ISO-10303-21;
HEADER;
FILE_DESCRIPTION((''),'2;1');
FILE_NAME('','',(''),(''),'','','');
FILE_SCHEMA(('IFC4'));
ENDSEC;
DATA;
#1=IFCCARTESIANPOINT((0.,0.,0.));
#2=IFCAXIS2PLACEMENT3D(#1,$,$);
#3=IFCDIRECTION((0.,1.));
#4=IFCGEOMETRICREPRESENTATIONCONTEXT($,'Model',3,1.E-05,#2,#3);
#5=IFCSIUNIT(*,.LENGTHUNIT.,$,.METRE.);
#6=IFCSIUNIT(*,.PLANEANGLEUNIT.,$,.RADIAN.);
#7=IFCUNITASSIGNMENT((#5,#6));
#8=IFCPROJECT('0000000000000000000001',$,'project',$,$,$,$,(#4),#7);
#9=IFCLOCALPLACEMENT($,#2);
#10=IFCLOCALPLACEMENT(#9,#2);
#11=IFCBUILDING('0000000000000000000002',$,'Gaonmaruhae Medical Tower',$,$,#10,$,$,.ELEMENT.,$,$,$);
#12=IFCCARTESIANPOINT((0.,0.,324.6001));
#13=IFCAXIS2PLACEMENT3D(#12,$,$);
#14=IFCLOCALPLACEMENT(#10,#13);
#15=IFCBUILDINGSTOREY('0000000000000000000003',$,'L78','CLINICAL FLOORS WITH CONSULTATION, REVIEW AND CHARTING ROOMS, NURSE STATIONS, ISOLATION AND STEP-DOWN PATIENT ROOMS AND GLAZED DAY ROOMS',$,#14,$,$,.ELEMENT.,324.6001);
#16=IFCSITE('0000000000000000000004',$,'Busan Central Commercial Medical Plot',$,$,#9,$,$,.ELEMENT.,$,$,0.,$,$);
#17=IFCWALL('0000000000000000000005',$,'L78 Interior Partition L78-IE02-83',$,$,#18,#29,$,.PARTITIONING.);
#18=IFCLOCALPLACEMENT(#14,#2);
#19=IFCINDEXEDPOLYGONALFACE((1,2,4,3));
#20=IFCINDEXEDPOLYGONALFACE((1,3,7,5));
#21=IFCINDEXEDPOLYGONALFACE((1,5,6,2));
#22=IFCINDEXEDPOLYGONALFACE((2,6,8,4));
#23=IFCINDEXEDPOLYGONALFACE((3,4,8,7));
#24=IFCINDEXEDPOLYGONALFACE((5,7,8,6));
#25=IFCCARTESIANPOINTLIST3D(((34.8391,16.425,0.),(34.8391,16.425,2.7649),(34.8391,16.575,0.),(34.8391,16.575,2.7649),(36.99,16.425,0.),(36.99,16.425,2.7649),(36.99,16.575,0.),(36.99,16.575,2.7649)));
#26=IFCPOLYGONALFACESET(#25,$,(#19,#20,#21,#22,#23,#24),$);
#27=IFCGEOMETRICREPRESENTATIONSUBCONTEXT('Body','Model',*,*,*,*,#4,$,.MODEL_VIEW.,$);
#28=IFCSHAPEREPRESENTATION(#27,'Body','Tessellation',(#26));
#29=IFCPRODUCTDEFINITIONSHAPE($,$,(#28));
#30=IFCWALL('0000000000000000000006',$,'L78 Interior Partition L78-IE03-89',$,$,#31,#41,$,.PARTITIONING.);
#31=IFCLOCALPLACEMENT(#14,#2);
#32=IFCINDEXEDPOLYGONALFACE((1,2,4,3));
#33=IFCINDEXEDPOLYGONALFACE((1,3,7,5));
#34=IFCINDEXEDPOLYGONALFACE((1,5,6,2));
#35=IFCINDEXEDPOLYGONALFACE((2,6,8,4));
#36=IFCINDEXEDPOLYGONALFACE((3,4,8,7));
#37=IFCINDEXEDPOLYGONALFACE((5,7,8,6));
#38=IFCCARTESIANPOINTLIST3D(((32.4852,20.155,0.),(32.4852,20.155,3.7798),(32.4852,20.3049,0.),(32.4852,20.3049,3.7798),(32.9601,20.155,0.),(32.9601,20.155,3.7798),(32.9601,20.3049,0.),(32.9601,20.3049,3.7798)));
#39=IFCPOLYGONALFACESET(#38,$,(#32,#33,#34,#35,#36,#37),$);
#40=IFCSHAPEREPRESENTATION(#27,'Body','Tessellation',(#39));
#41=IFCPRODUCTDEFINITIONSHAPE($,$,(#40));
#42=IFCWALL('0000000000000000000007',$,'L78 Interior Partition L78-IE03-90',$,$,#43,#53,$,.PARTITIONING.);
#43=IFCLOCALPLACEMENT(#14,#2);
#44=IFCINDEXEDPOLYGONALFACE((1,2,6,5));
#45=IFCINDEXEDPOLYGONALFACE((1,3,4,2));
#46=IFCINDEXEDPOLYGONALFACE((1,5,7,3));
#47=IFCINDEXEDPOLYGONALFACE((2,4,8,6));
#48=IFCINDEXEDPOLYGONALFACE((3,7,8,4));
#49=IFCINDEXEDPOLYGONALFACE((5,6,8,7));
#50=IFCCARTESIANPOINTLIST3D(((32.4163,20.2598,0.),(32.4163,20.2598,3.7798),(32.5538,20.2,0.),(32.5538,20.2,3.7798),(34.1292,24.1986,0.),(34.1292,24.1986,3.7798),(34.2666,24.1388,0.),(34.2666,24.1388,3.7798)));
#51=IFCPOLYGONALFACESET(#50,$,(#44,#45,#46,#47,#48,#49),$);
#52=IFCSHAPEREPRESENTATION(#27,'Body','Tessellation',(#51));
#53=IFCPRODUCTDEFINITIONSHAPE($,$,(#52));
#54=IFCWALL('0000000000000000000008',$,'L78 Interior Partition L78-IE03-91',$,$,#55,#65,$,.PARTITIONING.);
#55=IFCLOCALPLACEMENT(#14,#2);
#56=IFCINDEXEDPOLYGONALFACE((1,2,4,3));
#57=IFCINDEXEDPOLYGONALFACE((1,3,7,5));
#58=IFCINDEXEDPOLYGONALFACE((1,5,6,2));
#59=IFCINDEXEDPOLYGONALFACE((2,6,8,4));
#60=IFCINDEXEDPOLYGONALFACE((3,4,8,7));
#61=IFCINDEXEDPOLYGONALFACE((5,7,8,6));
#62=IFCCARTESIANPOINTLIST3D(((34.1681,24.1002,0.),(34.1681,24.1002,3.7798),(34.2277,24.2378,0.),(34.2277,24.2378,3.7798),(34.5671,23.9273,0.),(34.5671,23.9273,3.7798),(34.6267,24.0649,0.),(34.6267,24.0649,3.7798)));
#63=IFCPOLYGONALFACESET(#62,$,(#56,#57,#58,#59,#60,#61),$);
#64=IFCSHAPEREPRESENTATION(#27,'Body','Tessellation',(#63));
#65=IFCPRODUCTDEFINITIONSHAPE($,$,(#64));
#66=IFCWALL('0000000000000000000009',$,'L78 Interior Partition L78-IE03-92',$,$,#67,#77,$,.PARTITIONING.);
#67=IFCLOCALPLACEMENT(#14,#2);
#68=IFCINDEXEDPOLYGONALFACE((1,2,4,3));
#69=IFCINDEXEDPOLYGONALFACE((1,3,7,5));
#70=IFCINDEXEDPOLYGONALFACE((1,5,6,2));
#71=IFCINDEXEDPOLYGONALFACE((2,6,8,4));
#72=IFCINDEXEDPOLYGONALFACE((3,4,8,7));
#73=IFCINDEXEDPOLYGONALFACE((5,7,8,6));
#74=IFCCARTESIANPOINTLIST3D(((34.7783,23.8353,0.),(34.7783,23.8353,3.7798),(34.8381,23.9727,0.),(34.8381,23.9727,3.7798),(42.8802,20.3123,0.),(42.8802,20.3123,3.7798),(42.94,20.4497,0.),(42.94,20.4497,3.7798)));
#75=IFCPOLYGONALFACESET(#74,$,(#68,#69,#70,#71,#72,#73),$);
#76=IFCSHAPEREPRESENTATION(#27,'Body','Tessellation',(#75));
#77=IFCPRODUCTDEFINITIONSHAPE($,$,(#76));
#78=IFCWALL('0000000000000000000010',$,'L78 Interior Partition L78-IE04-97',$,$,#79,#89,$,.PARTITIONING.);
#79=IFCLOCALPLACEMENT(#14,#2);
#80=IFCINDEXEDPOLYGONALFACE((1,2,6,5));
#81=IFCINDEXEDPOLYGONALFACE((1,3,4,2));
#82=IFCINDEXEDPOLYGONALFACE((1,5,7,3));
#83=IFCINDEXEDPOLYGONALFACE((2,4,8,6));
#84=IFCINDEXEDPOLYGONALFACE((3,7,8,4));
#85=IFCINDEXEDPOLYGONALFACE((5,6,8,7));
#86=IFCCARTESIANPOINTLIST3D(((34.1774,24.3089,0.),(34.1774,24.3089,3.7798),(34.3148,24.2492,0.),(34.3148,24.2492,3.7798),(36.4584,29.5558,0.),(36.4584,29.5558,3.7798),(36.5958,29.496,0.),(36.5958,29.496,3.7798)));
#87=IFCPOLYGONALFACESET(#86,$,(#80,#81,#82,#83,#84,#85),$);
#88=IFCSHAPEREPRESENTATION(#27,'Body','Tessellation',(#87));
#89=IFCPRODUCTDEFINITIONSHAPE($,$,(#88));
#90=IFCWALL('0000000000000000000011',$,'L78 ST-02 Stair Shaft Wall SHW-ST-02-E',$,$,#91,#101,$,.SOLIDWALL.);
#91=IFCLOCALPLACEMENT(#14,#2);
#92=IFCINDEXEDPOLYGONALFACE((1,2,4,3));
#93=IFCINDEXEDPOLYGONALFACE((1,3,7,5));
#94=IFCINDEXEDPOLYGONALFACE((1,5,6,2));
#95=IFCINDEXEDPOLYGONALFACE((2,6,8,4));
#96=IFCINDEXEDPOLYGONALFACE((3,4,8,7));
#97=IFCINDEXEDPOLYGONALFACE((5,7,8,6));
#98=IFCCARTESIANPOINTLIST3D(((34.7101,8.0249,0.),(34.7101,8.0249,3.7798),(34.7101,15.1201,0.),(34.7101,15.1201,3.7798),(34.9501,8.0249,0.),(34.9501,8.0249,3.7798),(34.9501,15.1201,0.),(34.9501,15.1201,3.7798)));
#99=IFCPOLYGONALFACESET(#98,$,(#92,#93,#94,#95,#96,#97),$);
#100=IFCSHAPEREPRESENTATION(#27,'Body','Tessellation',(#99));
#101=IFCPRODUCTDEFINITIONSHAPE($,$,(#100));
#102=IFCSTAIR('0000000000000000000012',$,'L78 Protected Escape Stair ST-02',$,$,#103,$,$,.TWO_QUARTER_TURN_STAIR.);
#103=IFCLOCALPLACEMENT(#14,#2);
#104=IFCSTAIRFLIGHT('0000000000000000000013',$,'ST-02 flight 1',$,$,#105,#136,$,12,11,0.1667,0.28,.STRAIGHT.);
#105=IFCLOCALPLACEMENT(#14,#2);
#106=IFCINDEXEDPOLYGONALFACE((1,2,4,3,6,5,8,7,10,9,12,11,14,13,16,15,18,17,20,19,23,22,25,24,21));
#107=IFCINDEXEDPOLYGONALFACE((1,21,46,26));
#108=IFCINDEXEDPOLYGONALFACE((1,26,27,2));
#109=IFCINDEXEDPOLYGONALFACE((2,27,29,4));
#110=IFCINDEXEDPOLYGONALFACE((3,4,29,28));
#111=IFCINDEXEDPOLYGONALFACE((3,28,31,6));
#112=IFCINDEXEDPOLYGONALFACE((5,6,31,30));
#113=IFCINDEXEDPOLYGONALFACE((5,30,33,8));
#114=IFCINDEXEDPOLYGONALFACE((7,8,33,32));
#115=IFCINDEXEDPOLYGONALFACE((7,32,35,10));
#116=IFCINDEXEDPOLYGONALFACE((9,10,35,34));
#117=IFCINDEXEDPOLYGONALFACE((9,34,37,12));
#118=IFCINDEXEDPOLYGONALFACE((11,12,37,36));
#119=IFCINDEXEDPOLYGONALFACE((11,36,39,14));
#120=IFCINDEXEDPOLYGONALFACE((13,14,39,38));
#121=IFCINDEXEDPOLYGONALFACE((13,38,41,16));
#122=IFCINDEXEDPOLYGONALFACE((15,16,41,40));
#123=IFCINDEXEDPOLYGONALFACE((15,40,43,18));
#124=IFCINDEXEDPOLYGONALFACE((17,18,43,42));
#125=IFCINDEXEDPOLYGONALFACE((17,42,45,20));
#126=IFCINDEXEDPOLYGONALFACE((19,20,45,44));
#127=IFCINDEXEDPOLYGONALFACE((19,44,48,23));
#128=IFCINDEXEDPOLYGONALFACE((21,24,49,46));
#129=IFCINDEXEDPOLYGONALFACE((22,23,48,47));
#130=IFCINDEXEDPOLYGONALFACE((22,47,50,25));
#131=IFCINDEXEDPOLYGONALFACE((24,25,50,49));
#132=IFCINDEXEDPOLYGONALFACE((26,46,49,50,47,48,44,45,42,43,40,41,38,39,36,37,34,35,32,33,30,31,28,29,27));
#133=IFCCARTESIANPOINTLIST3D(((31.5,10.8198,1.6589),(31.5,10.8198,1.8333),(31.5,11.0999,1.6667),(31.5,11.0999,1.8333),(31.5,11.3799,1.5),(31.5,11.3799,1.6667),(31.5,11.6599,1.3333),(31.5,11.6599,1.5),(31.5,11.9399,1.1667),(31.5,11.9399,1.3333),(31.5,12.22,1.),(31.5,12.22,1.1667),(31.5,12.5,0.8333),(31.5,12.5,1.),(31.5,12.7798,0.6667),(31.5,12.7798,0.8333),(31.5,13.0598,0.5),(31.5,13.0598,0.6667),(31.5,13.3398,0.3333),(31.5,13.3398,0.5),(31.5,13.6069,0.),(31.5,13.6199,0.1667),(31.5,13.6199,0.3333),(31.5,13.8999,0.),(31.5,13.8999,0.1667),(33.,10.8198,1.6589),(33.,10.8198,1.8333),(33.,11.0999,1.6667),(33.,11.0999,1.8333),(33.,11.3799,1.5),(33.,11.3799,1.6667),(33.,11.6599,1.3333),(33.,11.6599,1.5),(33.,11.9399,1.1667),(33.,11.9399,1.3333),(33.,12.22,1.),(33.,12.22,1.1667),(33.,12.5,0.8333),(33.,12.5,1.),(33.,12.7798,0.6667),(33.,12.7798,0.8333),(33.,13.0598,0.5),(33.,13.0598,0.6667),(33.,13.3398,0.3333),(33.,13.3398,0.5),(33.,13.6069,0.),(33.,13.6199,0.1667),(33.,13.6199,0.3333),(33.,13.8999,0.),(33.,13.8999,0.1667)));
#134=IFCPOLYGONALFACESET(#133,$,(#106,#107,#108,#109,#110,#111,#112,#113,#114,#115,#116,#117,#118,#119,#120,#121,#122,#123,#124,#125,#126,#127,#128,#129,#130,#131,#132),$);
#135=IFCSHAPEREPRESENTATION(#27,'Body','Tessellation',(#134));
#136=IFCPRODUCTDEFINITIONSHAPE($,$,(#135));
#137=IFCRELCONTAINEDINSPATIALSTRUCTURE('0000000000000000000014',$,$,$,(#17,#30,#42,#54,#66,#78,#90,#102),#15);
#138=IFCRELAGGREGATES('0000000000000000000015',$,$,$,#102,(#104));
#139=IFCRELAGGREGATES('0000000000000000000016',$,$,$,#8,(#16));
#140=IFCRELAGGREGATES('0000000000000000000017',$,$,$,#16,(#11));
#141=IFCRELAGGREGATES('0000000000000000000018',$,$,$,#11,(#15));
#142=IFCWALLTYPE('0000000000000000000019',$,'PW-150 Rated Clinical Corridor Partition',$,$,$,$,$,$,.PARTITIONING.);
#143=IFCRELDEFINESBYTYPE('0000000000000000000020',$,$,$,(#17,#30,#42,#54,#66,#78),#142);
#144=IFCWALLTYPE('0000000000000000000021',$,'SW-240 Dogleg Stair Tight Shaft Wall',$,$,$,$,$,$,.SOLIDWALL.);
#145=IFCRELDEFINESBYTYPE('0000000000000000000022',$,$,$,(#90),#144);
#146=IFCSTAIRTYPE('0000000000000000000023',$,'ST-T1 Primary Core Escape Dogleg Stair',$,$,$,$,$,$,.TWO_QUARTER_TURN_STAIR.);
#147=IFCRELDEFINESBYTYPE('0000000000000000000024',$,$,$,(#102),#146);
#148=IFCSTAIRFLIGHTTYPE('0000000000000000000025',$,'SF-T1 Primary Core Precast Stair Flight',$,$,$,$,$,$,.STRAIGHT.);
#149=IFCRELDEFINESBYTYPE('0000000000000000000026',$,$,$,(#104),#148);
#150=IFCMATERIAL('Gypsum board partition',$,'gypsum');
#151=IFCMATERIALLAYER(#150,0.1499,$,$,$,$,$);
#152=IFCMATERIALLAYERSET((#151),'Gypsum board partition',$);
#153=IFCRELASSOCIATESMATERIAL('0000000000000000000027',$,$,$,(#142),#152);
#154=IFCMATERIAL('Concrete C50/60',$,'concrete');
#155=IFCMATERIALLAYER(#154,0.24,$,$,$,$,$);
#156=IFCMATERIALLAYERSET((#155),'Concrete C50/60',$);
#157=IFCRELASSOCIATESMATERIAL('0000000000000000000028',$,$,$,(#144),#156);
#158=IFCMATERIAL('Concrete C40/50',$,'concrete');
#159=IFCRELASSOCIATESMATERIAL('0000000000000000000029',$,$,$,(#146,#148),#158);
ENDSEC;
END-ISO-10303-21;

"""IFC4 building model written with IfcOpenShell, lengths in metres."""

from ifc_helpers import new_model, si_unit, direction, frame, frame_2d, origin, place, context, subcontext, project, spatial, polyline, rectangle, outline, extrude, material, layer, layer_set, type_object, element, aggregate, save


model = new_model("IFC4")

# Units and contexts
model_context = context("Model", 3, precision=1e-05, world=origin(), true_north=direction((0.0, 1.0)))
body_context = subcontext(model_context, "Body", "Model", "MODEL_VIEW")
ifc_project = project(units=[si_unit("LENGTHUNIT", "METRE"), si_unit("PLANEANGLEUNIT", "RADIAN")], contexts=[model_context])

# Site, building, storey
site_placement = place(None, origin())
site = spatial("IfcSite", under=ifc_project, at=site_placement, Name="Busan Central Commercial Medical Plot", CompositionType="ELEMENT", RefElevation=0.0)
building_placement = place(site_placement, origin())
building = spatial("IfcBuilding", under=site, at=building_placement, Name="Gaonmaruhae Medical Tower", CompositionType="ELEMENT")
storey_placement = place(building_placement, frame((0.0, 0.0, 324.6001)))
storey = spatial("IfcBuildingStorey", under=building, at=storey_placement, Name="L78", Description="CLINICAL FLOORS WITH CONSULTATION, REVIEW AND CHARTING ROOMS, NURSE STATIONS, ISOLATION AND STEP-DOWN PATIENT ROOMS AND GLAZED DAY ROOMS", CompositionType="ELEMENT", Elevation=324.6001)

# Shared definitions
ifc_material_1 = material(Name="Concrete C50/60", Category="concrete")

# Walls
ifc_material_2 = material(Name="Gypsum board partition", Category="gypsum")
ifc_layer_1 = layer(ifc_material_2, 0.1499)
ifc_layer_set_1 = layer_set([ifc_layer_1], Name="Gypsum board partition")
wall_type_1 = type_object("IfcWallType", Name="PW-150 Rated Clinical Corridor Partition", PredefinedType="PARTITIONING", material=ifc_layer_set_1)
wall_1_placement = place(storey_placement, frame((34.8391, 16.5, 0.0), z_axis=(0.0, 0.0, 1.0), x_axis=(1.0, 0.0, 0.0)))
element("IfcWall", 1, at=wall_1_placement, inside=storey, type_object=wall_type_1, Name="L78 Interior Partition L78-IE02-83", PredefinedType="PARTITIONING", context=body_context, shape_type="SweptSolid", body=[
    extrude(rectangle(XDim=2.1509, YDim=0.1499, at=frame_2d((1.0754, 0.0))), origin(), (0.0, 0.0, 1.0), 2.7649),
])
wall_2_placement = place(storey_placement, frame((32.96, 20.23, 0.0), z_axis=(0.0, 0.0, 1.0), x_axis=(-1.0, 0.0, 0.0)))
element("IfcWall", 2, at=wall_2_placement, inside=storey, type_object=wall_type_1, Name="L78 Interior Partition L78-IE03-89", PredefinedType="PARTITIONING", context=body_context, shape_type="SweptSolid", body=[
    extrude(rectangle(XDim=0.4749, YDim=0.1499, at=frame_2d((0.2373, 0.0))), origin(), (0.0, 0.0, 1.0), 3.7798),
])
wall_3_placement = place(storey_placement, frame((32.4851, 20.23, 0.0), z_axis=(0.0, 0.0, 1.0), x_axis=(0.398784, 0.917045, 0.0)))
element("IfcWall", 3, at=wall_3_placement, inside=storey, type_object=wall_type_1, Name="L78 Interior Partition L78-IE03-90", PredefinedType="PARTITIONING", context=body_context, shape_type="SweptSolid", body=[
    extrude(rectangle(XDim=4.2952, YDim=0.1499, at=frame_2d((2.1475, 0.0))), origin(), (0.0, 0.0, 1.0), 3.7798),
])
wall_4_placement = place(storey_placement, frame((34.198, 24.1689, 0.0), z_axis=(0.0, 0.0, 1.0), x_axis=(0.917569, -0.397576, 0.0)))
element("IfcWall", 4, at=wall_4_placement, inside=storey, type_object=wall_type_1, Name="L78 Interior Partition L78-IE03-91", PredefinedType="PARTITIONING", context=body_context, shape_type="SweptSolid", body=[
    extrude(rectangle(XDim=0.4348, YDim=0.1499, at=frame_2d((0.2173, 0.0))), origin(), (0.0, 0.0, 1.0), 3.7798),
])
wall_5_placement = place(storey_placement, frame((34.8081, 23.9041, 0.0), z_axis=(0.0, 0.0, 1.0), x_axis=(0.917052, -0.398767, 0.0)))
element("IfcWall", 5, at=wall_5_placement, inside=storey, type_object=wall_type_1, Name="L78 Interior Partition L78-IE03-92", PredefinedType="PARTITIONING", context=body_context, shape_type="SweptSolid", body=[
    extrude(rectangle(XDim=8.8347, YDim=0.1499, at=frame_2d((4.4175, 0.0))), origin(), (0.0, 0.0, 1.0), 3.7798),
])
wall_6_placement = place(storey_placement, frame((34.2461, 24.2791, 0.0), z_axis=(0.0, 0.0, 1.0), x_axis=(0.398693, 0.917084, 0.0)))
element("IfcWall", 6, at=wall_6_placement, inside=storey, type_object=wall_type_1, Name="L78 Interior Partition L78-IE04-97", PredefinedType="PARTITIONING", context=body_context, shape_type="SweptSolid", body=[
    extrude(rectangle(XDim=5.7212, YDim=0.1499, at=frame_2d((2.8606, 0.0))), origin(), (0.0, 0.0, 1.0), 3.7798),
])

# Shared definitions
ifc_layer_2 = layer(ifc_material_1, 0.24)
ifc_layer_set_2 = layer_set([ifc_layer_2], Name="Concrete C50/60")
wall_type_2 = type_object("IfcWallType", Name="SW-240 Dogleg Stair Tight Shaft Wall", PredefinedType="SOLIDWALL", material=ifc_layer_set_2)

# Wall
wall_7_placement = place(storey_placement, frame((34.8301, 15.1201, 0.0), z_axis=(0.0, 0.0, 1.0), x_axis=(0.0, -1.0, 0.0)))
element("IfcWall", 7, at=wall_7_placement, inside=storey, type_object=wall_type_2, Name="L78 ST-02 Stair Shaft Wall SHW-ST-02-E", PredefinedType="SOLIDWALL", context=body_context, shape_type="SweptSolid", body=[
    extrude(rectangle(XDim=7.0952, YDim=0.24, at=frame_2d((3.5476, 0.0))), origin(), (0.0, 0.0, 1.0), 3.7798),
])

# Stair, stair flight
ifc_material_3 = material(Name="Concrete C40/50", Category="concrete")
stair_type = type_object("IfcStairType", Name="ST-T1 Primary Core Escape Dogleg Stair", PredefinedType="TWO_QUARTER_TURN_STAIR", material=ifc_material_3)
stair_placement = place(storey_placement, origin())
stair = element("IfcStair", 8, at=stair_placement, inside=storey, type_object=stair_type, Name="L78 Protected Escape Stair ST-02", PredefinedType="TWO_QUARTER_TURN_STAIR")
stair_flight_type = type_object("IfcStairFlightType", Name="SF-T1 Primary Core Precast Stair Flight", PredefinedType="STRAIGHT", material=ifc_material_3)
stair_flight_placement = place(storey_placement, frame((32.25, 13.8999, 0.0), z_axis=(0.0, 0.0, 1.0), x_axis=(0.0, -1.0, 0.0)))
stair_flight = element("IfcStairFlight", 9, at=stair_flight_placement, type_object=stair_flight_type, Name="ST-02 flight 1", NumberOfRisers=12, NumberOfTreads=11, PredefinedType="STRAIGHT", RiserHeight=0.1667, TreadLength=0.28, context=body_context, shape_type="SweptSolid", body=[
    extrude(outline(polyline([(0.0, 0.0), (0.0, 0.1667), (0.28, 0.1667), (0.28, 0.3333), (0.5601, 0.3333), (0.5601, 0.5), (0.8401, 0.5), (0.8401, 0.6667), (1.1201, 0.6667), (1.1201, 0.8333), (1.3999, 0.8333), (1.3999, 1.0), (1.6799, 1.0), (1.6799, 1.1667), (1.96, 1.1667), (1.96, 1.3333), (2.24, 1.3333), (2.24, 1.5), (2.52, 1.5), (2.52, 1.6667), (2.8, 1.6667), (2.8, 1.8333), (3.0801, 1.8333), (3.0801, 2.0), (3.0801, 1.6589), (0.293, 0.0), (0.0, 0.0)])), frame((0.0, 0.75, 0.0), z_axis=(0.0, -1.0, 0.0), x_axis=(1.0, 0.0, 0.0)), (0.0, 0.0, 1.0), 1.5),
])
aggregate(stair, [stair_flight])

save(model, "model.ifc")
